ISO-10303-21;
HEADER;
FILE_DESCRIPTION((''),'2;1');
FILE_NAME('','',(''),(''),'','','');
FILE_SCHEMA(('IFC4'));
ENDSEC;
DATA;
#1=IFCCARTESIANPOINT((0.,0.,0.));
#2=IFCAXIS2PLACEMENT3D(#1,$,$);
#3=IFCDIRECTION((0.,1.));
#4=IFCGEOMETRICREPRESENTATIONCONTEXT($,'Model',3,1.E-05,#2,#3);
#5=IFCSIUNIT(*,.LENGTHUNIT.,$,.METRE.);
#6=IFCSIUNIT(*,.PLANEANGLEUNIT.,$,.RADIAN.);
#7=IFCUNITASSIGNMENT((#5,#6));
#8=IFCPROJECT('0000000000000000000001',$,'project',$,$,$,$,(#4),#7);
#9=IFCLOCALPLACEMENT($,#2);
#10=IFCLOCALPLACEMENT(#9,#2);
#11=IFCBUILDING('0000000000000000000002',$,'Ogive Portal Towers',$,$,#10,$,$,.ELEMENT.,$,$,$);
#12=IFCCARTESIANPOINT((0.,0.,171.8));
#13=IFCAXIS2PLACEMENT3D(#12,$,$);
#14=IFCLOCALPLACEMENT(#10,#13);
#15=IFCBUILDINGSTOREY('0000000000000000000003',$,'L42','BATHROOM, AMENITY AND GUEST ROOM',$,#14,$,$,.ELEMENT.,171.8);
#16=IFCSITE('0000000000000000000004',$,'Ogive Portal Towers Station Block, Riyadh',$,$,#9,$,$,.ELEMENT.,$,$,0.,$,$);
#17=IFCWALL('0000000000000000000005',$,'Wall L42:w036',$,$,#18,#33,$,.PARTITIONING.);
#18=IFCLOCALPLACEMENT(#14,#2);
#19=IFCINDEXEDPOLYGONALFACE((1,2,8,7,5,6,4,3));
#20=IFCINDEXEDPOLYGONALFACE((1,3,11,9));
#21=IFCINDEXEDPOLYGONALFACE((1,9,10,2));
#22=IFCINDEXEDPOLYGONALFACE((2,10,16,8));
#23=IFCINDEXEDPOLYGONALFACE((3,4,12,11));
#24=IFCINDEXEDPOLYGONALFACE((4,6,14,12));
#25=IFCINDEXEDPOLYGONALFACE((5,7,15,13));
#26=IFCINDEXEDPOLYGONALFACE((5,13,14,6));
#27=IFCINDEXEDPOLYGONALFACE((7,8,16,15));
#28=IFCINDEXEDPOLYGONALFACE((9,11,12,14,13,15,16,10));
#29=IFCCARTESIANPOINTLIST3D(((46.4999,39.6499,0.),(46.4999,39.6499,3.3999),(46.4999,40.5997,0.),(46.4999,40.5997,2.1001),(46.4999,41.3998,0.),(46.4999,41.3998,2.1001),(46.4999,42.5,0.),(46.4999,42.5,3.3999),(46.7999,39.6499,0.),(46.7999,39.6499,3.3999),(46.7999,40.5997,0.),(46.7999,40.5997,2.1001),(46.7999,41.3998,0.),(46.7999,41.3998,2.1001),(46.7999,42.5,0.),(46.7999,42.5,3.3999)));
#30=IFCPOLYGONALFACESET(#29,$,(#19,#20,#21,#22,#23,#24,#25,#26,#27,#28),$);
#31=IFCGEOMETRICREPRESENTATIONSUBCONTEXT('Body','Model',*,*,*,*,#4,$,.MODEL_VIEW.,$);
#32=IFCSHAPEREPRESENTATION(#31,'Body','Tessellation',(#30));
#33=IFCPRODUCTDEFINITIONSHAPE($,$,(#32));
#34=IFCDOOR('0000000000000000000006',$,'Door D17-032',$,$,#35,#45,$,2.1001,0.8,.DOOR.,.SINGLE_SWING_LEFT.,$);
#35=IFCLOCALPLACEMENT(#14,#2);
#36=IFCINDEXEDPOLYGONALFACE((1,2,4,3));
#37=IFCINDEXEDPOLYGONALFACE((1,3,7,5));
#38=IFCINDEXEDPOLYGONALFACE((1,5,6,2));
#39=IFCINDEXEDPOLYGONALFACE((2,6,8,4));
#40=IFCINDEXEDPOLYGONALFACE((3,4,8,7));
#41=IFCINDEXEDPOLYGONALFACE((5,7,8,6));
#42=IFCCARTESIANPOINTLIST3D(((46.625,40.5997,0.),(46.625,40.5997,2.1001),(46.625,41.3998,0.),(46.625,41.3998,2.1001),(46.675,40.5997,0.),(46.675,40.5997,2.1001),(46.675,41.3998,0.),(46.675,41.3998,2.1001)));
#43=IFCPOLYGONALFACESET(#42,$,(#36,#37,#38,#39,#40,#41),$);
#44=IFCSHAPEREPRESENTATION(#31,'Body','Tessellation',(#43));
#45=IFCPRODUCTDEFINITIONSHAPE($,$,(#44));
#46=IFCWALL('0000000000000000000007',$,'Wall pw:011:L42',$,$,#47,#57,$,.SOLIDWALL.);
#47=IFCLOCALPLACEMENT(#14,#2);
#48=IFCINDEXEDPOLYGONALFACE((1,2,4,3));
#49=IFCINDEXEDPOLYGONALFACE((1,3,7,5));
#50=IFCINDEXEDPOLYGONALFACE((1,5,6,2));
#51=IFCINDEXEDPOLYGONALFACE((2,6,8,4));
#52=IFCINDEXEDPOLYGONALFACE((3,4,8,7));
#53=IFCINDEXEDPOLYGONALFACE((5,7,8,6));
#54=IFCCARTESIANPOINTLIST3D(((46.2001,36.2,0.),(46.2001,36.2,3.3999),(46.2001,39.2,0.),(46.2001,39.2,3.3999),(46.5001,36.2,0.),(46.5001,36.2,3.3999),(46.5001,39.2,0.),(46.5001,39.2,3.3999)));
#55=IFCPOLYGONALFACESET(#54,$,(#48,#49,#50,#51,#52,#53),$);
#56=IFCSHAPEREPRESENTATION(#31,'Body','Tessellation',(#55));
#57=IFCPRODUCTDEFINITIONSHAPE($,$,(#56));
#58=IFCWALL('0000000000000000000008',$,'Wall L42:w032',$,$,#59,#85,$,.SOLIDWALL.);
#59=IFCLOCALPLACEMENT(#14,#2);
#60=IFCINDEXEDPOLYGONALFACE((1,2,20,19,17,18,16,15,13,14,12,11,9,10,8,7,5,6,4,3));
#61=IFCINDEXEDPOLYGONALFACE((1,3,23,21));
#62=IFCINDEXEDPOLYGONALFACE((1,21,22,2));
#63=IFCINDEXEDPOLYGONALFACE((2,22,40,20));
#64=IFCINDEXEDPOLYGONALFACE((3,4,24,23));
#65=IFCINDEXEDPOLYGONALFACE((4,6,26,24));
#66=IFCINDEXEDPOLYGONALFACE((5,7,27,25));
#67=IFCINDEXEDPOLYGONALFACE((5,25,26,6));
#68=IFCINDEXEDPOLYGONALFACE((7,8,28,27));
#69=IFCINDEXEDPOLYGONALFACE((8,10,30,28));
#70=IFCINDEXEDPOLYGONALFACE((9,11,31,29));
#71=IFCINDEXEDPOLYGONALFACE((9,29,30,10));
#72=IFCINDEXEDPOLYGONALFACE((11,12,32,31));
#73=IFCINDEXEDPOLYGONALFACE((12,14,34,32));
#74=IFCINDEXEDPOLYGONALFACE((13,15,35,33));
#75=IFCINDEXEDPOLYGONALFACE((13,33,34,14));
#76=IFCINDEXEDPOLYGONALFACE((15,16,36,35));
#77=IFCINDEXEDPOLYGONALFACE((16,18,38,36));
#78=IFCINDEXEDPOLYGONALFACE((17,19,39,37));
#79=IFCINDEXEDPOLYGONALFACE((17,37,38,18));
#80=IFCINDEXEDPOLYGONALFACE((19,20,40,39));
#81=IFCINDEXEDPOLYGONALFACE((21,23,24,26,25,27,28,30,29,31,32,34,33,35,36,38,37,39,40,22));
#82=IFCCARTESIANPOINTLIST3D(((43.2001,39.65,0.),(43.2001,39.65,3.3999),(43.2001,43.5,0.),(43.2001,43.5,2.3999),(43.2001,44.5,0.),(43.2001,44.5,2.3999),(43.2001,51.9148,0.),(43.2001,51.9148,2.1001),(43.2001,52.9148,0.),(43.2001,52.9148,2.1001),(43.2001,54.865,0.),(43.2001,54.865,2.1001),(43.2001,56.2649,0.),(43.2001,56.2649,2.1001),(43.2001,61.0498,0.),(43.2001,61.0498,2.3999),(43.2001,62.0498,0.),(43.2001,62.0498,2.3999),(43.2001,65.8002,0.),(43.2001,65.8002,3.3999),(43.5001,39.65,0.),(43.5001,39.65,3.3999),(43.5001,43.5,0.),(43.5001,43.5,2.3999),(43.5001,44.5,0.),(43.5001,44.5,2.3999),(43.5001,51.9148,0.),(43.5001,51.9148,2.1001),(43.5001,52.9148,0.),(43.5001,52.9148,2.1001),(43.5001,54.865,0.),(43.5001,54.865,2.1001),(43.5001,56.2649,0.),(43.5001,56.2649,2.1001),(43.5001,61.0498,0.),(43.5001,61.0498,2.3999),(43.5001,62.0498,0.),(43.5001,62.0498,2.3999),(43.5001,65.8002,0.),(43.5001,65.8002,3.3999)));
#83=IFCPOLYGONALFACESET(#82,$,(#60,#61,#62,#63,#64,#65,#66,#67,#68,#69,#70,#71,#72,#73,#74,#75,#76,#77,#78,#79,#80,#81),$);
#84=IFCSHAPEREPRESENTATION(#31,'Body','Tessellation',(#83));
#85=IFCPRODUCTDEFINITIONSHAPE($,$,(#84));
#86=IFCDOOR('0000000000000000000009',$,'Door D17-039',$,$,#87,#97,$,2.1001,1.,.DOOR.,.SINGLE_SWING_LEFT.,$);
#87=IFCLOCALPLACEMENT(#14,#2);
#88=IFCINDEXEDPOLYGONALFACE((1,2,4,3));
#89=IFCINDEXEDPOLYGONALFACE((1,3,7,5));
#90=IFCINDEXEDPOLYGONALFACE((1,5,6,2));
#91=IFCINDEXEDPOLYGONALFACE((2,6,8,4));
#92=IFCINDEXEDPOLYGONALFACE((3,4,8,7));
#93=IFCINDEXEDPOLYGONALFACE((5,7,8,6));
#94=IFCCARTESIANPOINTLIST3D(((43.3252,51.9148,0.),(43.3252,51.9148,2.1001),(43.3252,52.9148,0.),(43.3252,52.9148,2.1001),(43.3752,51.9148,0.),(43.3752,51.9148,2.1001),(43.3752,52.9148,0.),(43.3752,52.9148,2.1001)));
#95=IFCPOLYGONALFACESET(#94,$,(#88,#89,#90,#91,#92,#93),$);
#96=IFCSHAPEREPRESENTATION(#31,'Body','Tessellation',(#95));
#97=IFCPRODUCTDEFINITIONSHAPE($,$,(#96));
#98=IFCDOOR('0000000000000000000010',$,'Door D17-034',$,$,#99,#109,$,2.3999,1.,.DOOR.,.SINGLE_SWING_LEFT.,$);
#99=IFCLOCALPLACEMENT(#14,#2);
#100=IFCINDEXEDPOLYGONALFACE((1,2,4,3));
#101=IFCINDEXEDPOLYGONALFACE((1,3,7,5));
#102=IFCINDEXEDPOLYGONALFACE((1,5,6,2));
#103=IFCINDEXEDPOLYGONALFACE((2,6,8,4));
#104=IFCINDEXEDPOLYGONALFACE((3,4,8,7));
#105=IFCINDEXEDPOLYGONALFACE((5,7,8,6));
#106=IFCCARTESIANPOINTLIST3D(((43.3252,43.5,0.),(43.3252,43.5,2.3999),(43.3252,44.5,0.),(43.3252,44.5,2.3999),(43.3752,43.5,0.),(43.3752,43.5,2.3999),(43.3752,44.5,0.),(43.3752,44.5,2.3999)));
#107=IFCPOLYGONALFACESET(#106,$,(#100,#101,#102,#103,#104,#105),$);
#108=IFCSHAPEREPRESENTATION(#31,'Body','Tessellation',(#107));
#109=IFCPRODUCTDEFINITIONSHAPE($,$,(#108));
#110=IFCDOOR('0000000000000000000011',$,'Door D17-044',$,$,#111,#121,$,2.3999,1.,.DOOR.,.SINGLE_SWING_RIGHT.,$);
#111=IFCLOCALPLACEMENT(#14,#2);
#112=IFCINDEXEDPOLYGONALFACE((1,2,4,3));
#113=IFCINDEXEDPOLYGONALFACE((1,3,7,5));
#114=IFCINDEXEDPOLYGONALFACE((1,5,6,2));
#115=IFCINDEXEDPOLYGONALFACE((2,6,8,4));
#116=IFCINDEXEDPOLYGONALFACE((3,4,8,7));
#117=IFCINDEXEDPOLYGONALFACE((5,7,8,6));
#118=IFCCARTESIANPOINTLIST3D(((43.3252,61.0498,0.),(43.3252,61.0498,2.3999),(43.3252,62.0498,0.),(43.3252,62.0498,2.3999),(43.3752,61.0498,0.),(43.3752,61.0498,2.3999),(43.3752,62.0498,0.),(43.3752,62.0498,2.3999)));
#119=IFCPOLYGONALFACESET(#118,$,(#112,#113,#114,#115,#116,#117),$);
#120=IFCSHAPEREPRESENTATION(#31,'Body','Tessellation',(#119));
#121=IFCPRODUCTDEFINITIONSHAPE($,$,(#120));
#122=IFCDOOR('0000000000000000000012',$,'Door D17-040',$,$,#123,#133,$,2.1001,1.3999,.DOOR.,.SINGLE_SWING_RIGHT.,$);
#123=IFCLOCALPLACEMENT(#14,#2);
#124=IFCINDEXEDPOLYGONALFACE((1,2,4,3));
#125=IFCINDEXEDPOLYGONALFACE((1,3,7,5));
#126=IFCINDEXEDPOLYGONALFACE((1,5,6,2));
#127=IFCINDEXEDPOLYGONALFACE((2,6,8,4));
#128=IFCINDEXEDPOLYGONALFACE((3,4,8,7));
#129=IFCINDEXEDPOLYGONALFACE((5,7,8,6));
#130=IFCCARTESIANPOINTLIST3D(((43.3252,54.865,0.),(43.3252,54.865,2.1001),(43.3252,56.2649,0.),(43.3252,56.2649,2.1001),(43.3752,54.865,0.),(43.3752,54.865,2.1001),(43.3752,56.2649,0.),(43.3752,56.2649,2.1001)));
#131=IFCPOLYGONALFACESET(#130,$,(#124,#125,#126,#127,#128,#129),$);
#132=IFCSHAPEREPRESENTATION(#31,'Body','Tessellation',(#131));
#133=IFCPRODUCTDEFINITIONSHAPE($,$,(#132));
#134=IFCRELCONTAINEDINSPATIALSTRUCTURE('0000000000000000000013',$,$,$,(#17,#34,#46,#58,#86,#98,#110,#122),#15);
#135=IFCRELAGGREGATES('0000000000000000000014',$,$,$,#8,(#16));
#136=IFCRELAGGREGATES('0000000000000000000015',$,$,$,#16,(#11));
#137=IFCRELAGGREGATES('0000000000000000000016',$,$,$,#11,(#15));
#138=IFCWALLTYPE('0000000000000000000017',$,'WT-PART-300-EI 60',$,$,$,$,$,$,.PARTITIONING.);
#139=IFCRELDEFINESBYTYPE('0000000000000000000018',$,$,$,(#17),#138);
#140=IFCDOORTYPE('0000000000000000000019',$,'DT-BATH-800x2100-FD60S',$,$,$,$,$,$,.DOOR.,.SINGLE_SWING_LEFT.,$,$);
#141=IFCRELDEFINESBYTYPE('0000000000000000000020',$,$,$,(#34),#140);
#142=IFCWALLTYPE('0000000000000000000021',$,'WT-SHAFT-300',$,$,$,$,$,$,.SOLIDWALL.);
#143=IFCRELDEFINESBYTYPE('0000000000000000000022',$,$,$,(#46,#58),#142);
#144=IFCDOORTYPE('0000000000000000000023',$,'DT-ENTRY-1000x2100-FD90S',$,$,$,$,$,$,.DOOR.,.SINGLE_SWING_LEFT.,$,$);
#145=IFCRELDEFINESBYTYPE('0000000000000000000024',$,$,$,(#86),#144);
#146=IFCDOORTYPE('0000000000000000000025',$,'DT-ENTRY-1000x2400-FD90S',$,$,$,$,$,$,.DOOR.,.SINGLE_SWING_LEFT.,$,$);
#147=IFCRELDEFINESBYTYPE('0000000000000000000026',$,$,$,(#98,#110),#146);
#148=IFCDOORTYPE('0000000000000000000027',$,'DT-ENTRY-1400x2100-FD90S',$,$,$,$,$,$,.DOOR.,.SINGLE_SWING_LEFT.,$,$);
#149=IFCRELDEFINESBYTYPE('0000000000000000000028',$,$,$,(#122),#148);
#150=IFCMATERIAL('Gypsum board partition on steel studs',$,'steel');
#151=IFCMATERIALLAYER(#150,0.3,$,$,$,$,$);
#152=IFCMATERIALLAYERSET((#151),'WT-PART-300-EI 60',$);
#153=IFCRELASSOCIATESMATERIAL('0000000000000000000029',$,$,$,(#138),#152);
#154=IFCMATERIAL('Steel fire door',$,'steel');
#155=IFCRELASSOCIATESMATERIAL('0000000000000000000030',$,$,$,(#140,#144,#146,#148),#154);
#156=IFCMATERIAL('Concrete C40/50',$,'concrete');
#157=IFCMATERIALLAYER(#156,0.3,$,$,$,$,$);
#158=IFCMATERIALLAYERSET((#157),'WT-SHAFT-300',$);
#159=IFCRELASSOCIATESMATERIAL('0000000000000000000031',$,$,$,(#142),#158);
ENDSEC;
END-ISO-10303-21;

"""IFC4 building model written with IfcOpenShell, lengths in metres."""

from ifc_helpers import new_model, si_unit, direction, frame, frame_2d, origin, place, context, subcontext, project, spatial, rectangle, extrude, material, layer, layer_set, type_object, element, fill, save


model = new_model("IFC4")

# Units and contexts
model_context = context("Model", 3, precision=1e-05, world=origin(), true_north=direction((0.0, 1.0)))
body_context = subcontext(model_context, "Body", "Model", "MODEL_VIEW")
ifc_project = project(units=[si_unit("LENGTHUNIT", "METRE"), si_unit("PLANEANGLEUNIT", "RADIAN")], contexts=[model_context])

# Site, building, storey
site_placement = place(None, origin())
site = spatial("IfcSite", under=ifc_project, at=site_placement, Name="Ogive Portal Towers Station Block, Riyadh", CompositionType="ELEMENT", RefElevation=0.0)
building_placement = place(site_placement, origin())
building = spatial("IfcBuilding", under=site, at=building_placement, Name="Ogive Portal Towers", CompositionType="ELEMENT")
storey_placement = place(building_placement, frame((0.0, 0.0, 171.8)))
storey = spatial("IfcBuildingStorey", under=building, at=storey_placement, Name="L42", Description="BATHROOM, AMENITY AND GUEST ROOM", CompositionType="ELEMENT", Elevation=171.8)

# Shared definitions
ifc_material_1 = material(Name="Steel fire door", Category="steel")

# Shared definitions
ifc_material_2 = material(Name="Gypsum board partition on steel studs", Category="steel")
ifc_layer_1 = layer(ifc_material_2, 0.3)
ifc_layer_set_1 = layer_set([ifc_layer_1], Name="WT-PART-300-EI 60")
wall_type_1 = type_object("IfcWallType", Name="WT-PART-300-EI 60", PredefinedType="PARTITIONING", material=ifc_layer_set_1)

# Shared definitions
door_type_1 = type_object("IfcDoorType", Name="DT-BATH-800x2100-FD60S", OperationType="SINGLE_SWING_LEFT", PredefinedType="DOOR", material=ifc_material_1)

# Wall, opening, door
wall_1_placement = place(storey_placement, frame((46.6499, 39.6499, 0.0), z_axis=(0.0, 0.0, 1.0), x_axis=(0.0, 1.0, 0.0)))
wall_1 = element("IfcWall", 1, at=wall_1_placement, inside=storey, type_object=wall_type_1, Name="Wall L42:w036", PredefinedType="PARTITIONING", context=body_context, shape_type="SweptSolid", body=[
    extrude(rectangle(XDim=2.8501, YDim=0.3, at=frame_2d((1.425, 0.0))), origin(), (0.0, 0.0, 1.0), 3.3999),
])
opening_1_placement = place(wall_1_placement, frame((0.95, 0.0, 0.0)))
opening_1 = element("IfcOpeningElement", 2, at=opening_1_placement, cuts=wall_1, PredefinedType="OPENING", context=body_context, shape_type="SweptSolid", body=[
    extrude(rectangle(XDim=0.8, YDim=2.1001, at=frame_2d((0.3999, 1.05))), frame((0.0, 0.1602, 0.0), z_axis=(0.0, -1.0, 0.0), x_axis=(1.0, 0.0, 0.0)), (0.0, 0.0, 1.0), 0.3201),
])
door_1_placement = place(opening_1_placement, origin())
door_1 = element("IfcDoor", 3, at=door_1_placement, inside=storey, type_object=door_type_1, Name="Door D17-032", OperationType="SINGLE_SWING_LEFT", OverallHeight=2.1001, OverallWidth=0.8, PredefinedType="DOOR", context=body_context, shape_type="SweptSolid", body=[
    extrude(rectangle(XDim=0.8, YDim=2.1001, at=frame_2d((0.3999, 1.05))), frame((0.0, 0.0249, 0.0), z_axis=(0.0, -1.0, 0.0), x_axis=(1.0, 0.0, 0.0)), (0.0, 0.0, 1.0), 0.05),
])
fill(opening_1, door_1)

# Wall
ifc_material_3 = material(Name="Concrete C40/50", Category="concrete")
ifc_layer_2 = layer(ifc_material_3, 0.3)
ifc_layer_set_2 = layer_set([ifc_layer_2], Name="WT-SHAFT-300")
wall_type_2 = type_object("IfcWallType", Name="WT-SHAFT-300", PredefinedType="SOLIDWALL", material=ifc_layer_set_2)
wall_2_placement = place(storey_placement, frame((46.3501, 36.2, 0.0), z_axis=(0.0, 0.0, 1.0), x_axis=(0.0, 1.0, 0.0)))
element("IfcWall", 4, at=wall_2_placement, inside=storey, type_object=wall_type_2, Name="Wall pw:011:L42", PredefinedType="SOLIDWALL", context=body_context, shape_type="SweptSolid", body=[
    extrude(rectangle(XDim=3.0, YDim=0.3, at=frame_2d((1.5, 0.0))), origin(), (0.0, 0.0, 1.0), 3.3999),
])

# Wall, openings, doors
wall_3_placement = place(storey_placement, frame((43.3501, 39.6499, 0.0), z_axis=(0.0, 0.0, 1.0), x_axis=(0.0, 1.0, 0.0)))
wall_3 = element("IfcWall", 5, at=wall_3_placement, inside=storey, type_object=wall_type_2, Name="Wall L42:w032", PredefinedType="SOLIDWALL", context=body_context, shape_type="SweptSolid", body=[
    extrude(rectangle(XDim=26.1501, YDim=0.3, at=frame_2d((13.0752, 0.0))), origin(), (0.0, 0.0, 1.0), 3.3999),
])
opening_2_placement = place(wall_3_placement, frame((3.8501, 0.0, 0.0)))
opening_2 = element("IfcOpeningElement", 6, at=opening_2_placement, cuts=wall_3, PredefinedType="OPENING", context=body_context, shape_type="SweptSolid", body=[
    extrude(rectangle(XDim=1.0, YDim=2.3999, at=frame_2d((0.5, 1.2))), frame((0.0, 0.1602, 0.0), z_axis=(0.0, -1.0, 0.0), x_axis=(1.0, 0.0, 0.0)), (0.0, 0.0, 1.0), 0.3201),
])
opening_3_placement = place(wall_3_placement, frame((12.2649, 0.0, 0.0)))
opening_3 = element("IfcOpeningElement", 7, at=opening_3_placement, cuts=wall_3, PredefinedType="OPENING", context=body_context, shape_type="SweptSolid", body=[
    extrude(rectangle(XDim=1.0, YDim=2.1001, at=frame_2d((0.5, 1.05))), frame((0.0, 0.1602, 0.0), z_axis=(0.0, -1.0, 0.0), x_axis=(1.0, 0.0, 0.0)), (0.0, 0.0, 1.0), 0.3201),
])
opening_4_placement = place(wall_3_placement, frame((15.2151, 0.0, 0.0)))
opening_4 = element("IfcOpeningElement", 8, at=opening_4_placement, cuts=wall_3, PredefinedType="OPENING", context=body_context, shape_type="SweptSolid", body=[
    extrude(rectangle(XDim=1.3999, YDim=2.1001, at=frame_2d((0.7, 1.05))), frame((0.0, 0.1602, 0.0), z_axis=(0.0, -1.0, 0.0), x_axis=(1.0, 0.0, 0.0)), (0.0, 0.0, 1.0), 0.3201),
])
opening_5_placement = place(wall_3_placement, frame((21.3999, 0.0, 0.0)))
opening_5 = element("IfcOpeningElement", 9, at=opening_5_placement, cuts=wall_3, PredefinedType="OPENING", context=body_context, shape_type="SweptSolid", body=[
    extrude(rectangle(XDim=1.0, YDim=2.3999, at=frame_2d((0.5, 1.2))), frame((0.0, 0.1602, 0.0), z_axis=(0.0, -1.0, 0.0), x_axis=(1.0, 0.0, 0.0)), (0.0, 0.0, 1.0), 0.3201),
])
door_type_2 = type_object("IfcDoorType", Name="DT-ENTRY-1000x2100-FD90S", OperationType="SINGLE_SWING_LEFT", PredefinedType="DOOR", material=ifc_material_1)
door_2_placement = place(opening_3_placement, origin())
door_2 = element("IfcDoor", 10, at=door_2_placement, inside=storey, type_object=door_type_2, Name="Door D17-039", OperationType="SINGLE_SWING_LEFT", OverallHeight=2.1001, OverallWidth=1.0, PredefinedType="DOOR", context=body_context, shape_type="SweptSolid", body=[
    extrude(rectangle(XDim=1.0, YDim=2.1001, at=frame_2d((0.5, 1.05))), frame((0.0, 0.0249, 0.0), z_axis=(0.0, -1.0, 0.0), x_axis=(1.0, 0.0, 0.0)), (0.0, 0.0, 1.0), 0.05),
])
fill(opening_3, door_2)
door_type_3 = type_object("IfcDoorType", Name="DT-ENTRY-1000x2400-FD90S", OperationType="SINGLE_SWING_LEFT", PredefinedType="DOOR", material=ifc_material_1)
door_3_placement = place(opening_2_placement, origin())
door_3 = element("IfcDoor", 11, at=door_3_placement, inside=storey, type_object=door_type_3, Name="Door D17-034", OperationType="SINGLE_SWING_LEFT", OverallHeight=2.3999, OverallWidth=1.0, PredefinedType="DOOR", context=body_context, shape_type="SweptSolid", body=[
    extrude(rectangle(XDim=1.0, YDim=2.3999, at=frame_2d((0.5, 1.2))), frame((0.0, 0.0249, 0.0), z_axis=(0.0, -1.0, 0.0), x_axis=(1.0, 0.0, 0.0)), (0.0, 0.0, 1.0), 0.05),
])
fill(opening_2, door_3)
door_4_placement = place(opening_5_placement, origin())
door_4 = element("IfcDoor", 12, at=door_4_placement, inside=storey, type_object=door_type_3, Name="Door D17-044", OperationType="SINGLE_SWING_RIGHT", OverallHeight=2.3999, OverallWidth=1.0, PredefinedType="DOOR", context=body_context, shape_type="SweptSolid", body=[
    extrude(rectangle(XDim=1.0, YDim=2.3999, at=frame_2d((0.5, 1.2))), frame((0.0, 0.0249, 0.0), z_axis=(0.0, -1.0, 0.0), x_axis=(1.0, 0.0, 0.0)), (0.0, 0.0, 1.0), 0.05),
])
fill(opening_5, door_4)
door_type_4 = type_object("IfcDoorType", Name="DT-ENTRY-1400x2100-FD90S", OperationType="SINGLE_SWING_LEFT", PredefinedType="DOOR", material=ifc_material_1)
door_5_placement = place(opening_4_placement, origin())
door_5 = element("IfcDoor", 13, at=door_5_placement, inside=storey, type_object=door_type_4, Name="Door D17-040", OperationType="SINGLE_SWING_RIGHT", OverallHeight=2.1001, OverallWidth=1.3999, PredefinedType="DOOR", context=body_context, shape_type="SweptSolid", body=[
    extrude(rectangle(XDim=1.3999, YDim=2.1001, at=frame_2d((0.7, 1.05))), frame((0.0, 0.0249, 0.0), z_axis=(0.0, -1.0, 0.0), x_axis=(1.0, 0.0, 0.0)), (0.0, 0.0, 1.0), 0.05),
])
fill(opening_4, door_5)

save(model, "model.ifc")
